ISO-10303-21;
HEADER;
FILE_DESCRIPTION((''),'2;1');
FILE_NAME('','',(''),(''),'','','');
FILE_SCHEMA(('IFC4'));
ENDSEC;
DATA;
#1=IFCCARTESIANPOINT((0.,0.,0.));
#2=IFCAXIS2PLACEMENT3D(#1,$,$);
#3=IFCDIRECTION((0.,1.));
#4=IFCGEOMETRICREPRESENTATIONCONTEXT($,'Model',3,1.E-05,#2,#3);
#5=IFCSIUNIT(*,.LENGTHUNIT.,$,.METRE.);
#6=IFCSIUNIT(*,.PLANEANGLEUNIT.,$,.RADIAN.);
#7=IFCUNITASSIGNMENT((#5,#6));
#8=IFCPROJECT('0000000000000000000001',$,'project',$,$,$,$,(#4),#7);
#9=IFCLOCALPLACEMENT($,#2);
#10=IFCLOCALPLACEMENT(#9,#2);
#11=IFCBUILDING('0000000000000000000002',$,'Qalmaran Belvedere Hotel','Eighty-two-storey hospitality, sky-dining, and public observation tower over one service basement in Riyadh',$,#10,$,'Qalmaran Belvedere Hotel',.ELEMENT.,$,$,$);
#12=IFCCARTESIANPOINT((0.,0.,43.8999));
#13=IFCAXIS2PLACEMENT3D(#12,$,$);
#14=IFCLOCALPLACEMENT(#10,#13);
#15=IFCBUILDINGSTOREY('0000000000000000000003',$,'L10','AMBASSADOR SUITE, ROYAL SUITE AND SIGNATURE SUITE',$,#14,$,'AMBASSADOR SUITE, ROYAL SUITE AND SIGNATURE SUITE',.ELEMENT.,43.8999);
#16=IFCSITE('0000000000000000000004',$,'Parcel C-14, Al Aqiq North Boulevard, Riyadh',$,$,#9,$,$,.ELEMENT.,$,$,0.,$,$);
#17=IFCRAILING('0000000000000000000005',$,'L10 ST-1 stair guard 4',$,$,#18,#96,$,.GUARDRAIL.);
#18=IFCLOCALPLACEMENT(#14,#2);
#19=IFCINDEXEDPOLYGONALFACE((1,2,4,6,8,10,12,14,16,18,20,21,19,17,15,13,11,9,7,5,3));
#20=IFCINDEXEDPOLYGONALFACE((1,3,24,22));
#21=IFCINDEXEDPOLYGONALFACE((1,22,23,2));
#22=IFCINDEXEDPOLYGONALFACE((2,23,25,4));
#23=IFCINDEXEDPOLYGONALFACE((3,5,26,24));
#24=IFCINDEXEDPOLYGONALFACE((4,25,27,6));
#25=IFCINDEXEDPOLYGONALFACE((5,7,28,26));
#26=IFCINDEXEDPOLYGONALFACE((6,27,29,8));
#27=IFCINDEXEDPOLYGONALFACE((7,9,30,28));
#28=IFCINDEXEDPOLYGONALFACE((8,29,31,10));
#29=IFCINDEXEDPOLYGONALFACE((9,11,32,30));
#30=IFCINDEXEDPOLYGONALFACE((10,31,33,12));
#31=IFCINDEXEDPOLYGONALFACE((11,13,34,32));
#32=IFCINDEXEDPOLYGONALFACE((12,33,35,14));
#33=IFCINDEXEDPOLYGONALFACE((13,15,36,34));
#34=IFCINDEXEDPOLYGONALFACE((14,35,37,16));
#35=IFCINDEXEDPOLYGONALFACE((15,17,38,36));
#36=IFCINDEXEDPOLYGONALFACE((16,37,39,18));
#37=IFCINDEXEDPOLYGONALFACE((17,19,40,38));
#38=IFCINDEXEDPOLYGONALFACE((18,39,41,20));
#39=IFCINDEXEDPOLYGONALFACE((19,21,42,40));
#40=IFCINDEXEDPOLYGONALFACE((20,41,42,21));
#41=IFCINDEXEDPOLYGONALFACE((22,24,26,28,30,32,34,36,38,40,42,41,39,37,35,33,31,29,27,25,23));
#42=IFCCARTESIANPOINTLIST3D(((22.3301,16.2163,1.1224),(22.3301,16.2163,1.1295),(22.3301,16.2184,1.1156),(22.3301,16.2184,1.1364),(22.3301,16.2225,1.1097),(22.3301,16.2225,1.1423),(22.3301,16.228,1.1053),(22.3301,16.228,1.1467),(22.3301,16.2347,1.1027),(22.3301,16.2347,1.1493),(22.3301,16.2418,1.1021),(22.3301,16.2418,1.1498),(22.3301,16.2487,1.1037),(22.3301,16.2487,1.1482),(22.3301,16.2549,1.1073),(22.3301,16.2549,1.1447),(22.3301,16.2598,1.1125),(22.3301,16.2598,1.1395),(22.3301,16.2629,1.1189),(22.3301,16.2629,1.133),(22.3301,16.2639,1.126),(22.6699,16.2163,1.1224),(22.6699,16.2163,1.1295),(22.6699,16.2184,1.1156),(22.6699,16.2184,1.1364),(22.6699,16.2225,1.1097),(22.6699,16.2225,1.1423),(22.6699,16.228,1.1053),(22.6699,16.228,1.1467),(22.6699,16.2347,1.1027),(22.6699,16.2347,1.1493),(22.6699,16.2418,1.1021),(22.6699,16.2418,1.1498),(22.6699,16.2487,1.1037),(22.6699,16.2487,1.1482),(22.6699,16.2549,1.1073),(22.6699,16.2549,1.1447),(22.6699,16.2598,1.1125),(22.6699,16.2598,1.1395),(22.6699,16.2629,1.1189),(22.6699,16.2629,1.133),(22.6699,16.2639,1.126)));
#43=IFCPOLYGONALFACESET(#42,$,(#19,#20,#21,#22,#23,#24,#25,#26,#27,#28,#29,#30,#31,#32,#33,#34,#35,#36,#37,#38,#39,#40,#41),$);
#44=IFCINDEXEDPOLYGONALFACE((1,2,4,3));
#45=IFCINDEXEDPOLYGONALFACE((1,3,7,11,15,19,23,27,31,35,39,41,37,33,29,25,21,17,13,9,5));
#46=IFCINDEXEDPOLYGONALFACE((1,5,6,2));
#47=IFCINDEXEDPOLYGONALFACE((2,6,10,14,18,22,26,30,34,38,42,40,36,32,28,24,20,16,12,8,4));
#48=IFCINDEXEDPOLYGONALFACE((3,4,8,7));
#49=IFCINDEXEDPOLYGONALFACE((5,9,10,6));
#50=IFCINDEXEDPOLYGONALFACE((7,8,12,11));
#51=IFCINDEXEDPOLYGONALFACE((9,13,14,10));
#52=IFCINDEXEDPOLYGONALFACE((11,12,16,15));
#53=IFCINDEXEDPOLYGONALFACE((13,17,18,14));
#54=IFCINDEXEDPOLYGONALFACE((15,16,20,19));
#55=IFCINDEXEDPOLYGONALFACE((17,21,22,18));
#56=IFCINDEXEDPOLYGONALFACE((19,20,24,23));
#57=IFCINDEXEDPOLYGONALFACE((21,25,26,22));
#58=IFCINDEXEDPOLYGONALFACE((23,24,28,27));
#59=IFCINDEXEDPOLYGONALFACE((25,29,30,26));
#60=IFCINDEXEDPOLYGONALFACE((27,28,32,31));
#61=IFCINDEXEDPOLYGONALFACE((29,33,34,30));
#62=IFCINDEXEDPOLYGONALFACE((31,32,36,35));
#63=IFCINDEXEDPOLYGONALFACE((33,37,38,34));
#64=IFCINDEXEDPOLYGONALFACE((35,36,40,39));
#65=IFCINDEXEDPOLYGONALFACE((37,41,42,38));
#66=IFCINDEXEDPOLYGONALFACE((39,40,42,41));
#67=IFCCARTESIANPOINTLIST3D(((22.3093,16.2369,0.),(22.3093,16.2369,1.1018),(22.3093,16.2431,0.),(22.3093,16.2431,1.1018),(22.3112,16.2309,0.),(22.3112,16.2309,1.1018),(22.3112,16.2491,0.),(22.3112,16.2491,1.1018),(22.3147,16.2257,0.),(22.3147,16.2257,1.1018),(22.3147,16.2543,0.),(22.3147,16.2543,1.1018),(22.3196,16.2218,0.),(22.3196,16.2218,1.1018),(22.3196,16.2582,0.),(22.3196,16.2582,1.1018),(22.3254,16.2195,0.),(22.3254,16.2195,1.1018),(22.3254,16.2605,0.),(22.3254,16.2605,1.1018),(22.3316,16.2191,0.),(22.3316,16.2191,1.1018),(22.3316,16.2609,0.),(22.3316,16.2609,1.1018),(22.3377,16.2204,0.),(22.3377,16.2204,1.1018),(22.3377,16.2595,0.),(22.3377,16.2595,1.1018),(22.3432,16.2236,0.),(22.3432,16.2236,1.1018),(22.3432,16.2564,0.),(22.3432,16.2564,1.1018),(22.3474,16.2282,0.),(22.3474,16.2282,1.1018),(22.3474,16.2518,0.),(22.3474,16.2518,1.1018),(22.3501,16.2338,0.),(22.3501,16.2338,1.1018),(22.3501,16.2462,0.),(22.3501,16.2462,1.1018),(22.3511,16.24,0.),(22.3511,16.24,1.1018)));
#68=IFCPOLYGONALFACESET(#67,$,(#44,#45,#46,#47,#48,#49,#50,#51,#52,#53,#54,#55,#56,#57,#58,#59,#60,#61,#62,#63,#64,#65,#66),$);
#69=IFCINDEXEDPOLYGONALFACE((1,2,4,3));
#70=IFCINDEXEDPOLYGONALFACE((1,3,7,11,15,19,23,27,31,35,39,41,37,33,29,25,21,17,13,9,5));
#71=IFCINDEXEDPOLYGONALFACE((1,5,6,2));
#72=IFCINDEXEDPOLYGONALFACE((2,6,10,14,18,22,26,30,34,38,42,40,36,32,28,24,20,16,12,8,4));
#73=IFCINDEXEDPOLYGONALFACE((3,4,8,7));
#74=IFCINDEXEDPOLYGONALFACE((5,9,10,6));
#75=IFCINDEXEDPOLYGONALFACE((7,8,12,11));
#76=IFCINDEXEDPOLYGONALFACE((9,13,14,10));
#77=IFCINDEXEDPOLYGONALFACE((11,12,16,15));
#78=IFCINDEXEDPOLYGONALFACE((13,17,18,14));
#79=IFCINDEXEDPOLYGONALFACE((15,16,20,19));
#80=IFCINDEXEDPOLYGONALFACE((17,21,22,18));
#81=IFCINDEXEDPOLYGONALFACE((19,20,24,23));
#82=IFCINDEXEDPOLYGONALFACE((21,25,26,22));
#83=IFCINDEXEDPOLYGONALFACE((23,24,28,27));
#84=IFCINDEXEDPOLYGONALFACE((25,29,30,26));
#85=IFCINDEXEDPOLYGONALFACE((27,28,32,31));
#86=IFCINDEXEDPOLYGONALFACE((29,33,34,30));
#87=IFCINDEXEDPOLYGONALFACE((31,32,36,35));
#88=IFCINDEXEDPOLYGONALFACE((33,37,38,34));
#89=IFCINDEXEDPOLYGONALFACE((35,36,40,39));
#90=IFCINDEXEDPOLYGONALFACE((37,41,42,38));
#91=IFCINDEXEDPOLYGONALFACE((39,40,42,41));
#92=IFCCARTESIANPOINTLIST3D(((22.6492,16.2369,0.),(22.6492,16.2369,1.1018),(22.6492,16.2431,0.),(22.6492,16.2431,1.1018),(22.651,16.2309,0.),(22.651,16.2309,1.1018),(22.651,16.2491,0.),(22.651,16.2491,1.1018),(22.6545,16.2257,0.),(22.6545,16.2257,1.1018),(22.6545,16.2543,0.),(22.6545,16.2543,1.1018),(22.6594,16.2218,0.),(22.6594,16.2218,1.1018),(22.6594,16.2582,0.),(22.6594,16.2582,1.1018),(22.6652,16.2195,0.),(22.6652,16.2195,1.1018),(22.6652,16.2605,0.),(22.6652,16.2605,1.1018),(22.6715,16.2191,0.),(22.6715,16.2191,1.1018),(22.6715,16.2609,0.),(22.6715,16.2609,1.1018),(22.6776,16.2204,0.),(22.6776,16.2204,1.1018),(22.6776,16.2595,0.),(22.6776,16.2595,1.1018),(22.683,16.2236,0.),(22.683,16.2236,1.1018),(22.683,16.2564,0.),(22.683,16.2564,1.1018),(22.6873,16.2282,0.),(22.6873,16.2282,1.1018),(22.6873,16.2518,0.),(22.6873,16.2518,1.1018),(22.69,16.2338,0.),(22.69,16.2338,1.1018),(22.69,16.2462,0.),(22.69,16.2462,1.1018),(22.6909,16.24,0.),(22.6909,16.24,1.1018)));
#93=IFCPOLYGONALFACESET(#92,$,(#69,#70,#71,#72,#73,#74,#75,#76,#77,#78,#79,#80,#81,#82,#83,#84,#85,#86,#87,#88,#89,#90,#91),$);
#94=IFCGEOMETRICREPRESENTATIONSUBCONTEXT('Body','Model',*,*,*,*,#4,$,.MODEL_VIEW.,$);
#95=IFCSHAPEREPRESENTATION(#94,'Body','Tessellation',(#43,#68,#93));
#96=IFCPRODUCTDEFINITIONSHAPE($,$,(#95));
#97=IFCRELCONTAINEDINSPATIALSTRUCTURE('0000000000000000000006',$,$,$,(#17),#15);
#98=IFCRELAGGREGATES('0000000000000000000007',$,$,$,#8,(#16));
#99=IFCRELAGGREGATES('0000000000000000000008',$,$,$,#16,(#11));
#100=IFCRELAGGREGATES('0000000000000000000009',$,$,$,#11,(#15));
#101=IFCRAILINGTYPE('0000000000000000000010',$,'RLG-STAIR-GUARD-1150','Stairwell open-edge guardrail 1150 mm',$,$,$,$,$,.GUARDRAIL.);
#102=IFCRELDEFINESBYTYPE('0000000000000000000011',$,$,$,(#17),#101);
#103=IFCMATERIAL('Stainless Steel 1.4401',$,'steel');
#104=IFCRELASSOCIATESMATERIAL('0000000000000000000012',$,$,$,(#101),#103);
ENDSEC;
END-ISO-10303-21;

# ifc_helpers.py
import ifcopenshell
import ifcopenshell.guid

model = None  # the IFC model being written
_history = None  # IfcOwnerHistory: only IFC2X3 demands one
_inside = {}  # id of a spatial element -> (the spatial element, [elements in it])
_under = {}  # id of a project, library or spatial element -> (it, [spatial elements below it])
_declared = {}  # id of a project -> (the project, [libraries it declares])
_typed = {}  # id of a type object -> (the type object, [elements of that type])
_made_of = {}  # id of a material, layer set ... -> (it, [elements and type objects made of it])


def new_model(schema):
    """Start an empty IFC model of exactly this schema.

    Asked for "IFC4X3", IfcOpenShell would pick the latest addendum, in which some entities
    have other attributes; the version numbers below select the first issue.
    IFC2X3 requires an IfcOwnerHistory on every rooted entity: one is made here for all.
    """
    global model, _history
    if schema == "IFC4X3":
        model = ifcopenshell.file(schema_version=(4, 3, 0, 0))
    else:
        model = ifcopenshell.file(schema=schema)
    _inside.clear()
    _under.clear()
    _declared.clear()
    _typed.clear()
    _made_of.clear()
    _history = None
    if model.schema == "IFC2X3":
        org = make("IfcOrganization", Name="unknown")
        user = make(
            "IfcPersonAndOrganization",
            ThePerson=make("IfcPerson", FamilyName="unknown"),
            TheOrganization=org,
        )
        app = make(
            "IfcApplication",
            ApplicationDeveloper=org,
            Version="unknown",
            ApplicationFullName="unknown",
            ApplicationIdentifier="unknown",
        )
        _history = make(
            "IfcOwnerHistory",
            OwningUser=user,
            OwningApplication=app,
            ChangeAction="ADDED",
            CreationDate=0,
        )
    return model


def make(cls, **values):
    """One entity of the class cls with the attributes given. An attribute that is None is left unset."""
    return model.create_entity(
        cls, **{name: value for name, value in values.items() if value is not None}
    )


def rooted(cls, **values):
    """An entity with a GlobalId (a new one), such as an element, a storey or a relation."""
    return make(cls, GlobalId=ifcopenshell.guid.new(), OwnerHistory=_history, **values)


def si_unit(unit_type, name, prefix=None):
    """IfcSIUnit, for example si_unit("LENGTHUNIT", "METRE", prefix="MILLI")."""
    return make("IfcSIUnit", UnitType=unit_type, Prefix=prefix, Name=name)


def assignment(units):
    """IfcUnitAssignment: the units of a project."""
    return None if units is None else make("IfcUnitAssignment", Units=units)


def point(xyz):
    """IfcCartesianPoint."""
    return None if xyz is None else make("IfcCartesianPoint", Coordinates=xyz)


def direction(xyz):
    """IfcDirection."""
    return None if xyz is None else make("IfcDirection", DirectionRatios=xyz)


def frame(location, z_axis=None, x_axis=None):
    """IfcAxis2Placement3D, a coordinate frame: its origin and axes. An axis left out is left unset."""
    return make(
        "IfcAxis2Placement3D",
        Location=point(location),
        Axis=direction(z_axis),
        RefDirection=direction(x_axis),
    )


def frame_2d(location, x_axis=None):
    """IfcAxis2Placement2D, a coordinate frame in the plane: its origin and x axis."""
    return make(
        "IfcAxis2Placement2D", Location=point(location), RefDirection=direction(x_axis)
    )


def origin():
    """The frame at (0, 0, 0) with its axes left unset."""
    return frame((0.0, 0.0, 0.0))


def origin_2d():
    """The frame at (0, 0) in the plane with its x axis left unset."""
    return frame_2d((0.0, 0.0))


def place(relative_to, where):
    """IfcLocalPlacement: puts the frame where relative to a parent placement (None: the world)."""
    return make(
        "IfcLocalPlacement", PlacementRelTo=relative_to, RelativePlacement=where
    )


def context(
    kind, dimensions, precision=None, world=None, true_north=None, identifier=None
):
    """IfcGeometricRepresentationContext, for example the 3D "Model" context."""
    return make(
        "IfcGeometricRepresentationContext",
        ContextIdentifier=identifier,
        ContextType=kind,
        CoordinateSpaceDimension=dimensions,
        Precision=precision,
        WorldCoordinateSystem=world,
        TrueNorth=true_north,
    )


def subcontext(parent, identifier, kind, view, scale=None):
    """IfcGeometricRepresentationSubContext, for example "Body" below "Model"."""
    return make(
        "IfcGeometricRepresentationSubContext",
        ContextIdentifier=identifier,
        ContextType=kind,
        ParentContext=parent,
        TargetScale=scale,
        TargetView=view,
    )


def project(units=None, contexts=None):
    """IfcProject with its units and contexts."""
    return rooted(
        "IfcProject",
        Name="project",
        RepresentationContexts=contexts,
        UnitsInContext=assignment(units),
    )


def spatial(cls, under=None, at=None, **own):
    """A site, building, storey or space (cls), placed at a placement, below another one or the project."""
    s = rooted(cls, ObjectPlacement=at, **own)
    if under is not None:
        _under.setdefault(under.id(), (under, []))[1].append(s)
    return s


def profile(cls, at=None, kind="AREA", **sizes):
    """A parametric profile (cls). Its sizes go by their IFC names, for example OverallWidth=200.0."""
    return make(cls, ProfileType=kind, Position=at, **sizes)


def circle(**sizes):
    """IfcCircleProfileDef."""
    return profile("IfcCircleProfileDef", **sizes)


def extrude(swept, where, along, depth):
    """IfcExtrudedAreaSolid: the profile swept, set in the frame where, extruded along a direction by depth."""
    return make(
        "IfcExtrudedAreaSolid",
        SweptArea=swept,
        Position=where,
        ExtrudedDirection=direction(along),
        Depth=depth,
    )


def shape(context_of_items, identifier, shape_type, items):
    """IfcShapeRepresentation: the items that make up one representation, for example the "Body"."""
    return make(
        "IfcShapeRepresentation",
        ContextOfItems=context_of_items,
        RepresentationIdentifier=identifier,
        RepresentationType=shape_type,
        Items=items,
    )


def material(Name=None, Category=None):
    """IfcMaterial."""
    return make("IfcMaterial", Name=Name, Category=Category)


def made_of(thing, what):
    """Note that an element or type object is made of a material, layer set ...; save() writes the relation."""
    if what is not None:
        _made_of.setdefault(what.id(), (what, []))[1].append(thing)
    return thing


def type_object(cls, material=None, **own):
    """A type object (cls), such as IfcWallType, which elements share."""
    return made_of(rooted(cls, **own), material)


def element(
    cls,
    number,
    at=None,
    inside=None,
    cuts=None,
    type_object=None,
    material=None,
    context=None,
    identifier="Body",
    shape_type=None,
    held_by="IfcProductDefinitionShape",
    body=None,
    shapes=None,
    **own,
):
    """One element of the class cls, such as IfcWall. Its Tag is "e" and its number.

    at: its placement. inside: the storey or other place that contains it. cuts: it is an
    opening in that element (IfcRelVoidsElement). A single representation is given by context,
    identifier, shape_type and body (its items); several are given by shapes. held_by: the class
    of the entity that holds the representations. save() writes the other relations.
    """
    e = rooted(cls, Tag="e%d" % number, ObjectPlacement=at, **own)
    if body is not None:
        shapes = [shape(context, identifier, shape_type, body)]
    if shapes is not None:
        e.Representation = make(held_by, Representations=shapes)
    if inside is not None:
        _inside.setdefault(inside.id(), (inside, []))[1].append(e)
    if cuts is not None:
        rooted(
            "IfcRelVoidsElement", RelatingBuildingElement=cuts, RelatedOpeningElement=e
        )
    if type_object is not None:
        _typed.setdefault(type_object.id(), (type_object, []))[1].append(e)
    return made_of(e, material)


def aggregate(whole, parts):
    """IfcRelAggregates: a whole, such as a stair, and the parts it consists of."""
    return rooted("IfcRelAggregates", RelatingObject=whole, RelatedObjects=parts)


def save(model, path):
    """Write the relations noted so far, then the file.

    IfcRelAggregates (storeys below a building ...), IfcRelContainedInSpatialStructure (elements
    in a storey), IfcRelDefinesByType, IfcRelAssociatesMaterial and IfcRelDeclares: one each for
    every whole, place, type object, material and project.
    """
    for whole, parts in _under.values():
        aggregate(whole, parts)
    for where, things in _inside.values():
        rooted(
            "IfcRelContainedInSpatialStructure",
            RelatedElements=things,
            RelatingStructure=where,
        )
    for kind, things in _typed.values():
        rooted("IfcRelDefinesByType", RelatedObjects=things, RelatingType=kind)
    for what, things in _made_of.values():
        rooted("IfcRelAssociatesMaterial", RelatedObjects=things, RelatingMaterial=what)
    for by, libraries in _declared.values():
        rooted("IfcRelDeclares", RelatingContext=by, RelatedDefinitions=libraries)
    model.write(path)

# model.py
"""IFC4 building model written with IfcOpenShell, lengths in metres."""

from ifc_helpers import new_model, si_unit, direction, frame, origin, origin_2d, place, context, subcontext, project, spatial, circle, extrude, material, type_object, element, save


model = new_model("IFC4")

# Units and contexts
model_context = context("Model", 3, precision=1e-05, world=origin(), true_north=direction((0.0, 1.0)))
body_context = subcontext(model_context, "Body", "Model", "MODEL_VIEW")
ifc_project = project(units=[si_unit("LENGTHUNIT", "METRE"), si_unit("PLANEANGLEUNIT", "RADIAN")], contexts=[model_context])

# Site, building, storey
site_placement = place(None, origin())
site = spatial("IfcSite", under=ifc_project, at=site_placement, Name="Parcel C-14, Al Aqiq North Boulevard, Riyadh", CompositionType="ELEMENT", RefElevation=0.0)
building_placement = place(site_placement, origin())
building = spatial("IfcBuilding", under=site, at=building_placement, Name="Qalmaran Belvedere Hotel", Description="Eighty-two-storey hospitality, sky-dining, and public observation tower over one service basement in Riyadh", LongName="Qalmaran Belvedere Hotel", CompositionType="ELEMENT")
storey_placement = place(building_placement, frame((0.0, 0.0, 43.8999)))
storey = spatial("IfcBuildingStorey", under=building, at=storey_placement, Name="L10", Description="AMBASSADOR SUITE, ROYAL SUITE AND SIGNATURE SUITE", LongName="AMBASSADOR SUITE, ROYAL SUITE AND SIGNATURE SUITE", CompositionType="ELEMENT", Elevation=43.8999)

# Railing
ifc_material_1 = material(Name="Stainless Steel 1.4401", Category="steel")
railing_type_1 = type_object("IfcRailingType", Name="RLG-STAIR-GUARD-1150", Description="Stairwell open-edge guardrail 1150 mm", PredefinedType="GUARDRAIL", material=ifc_material_1)
railing_1_placement = place(storey_placement, frame((22.3301, 16.24, 0.0)))
element("IfcRailing", 1, at=railing_1_placement, inside=storey, type_object=railing_type_1, Name="L10 ST-1 stair guard 4", PredefinedType="GUARDRAIL", context=body_context, shape_type="SweptSolid", body=[
    extrude(circle(Radius=0.0239, at=origin_2d()), frame((0.0, 0.0, 1.126), z_axis=(1.0, 0.0, 0.0), x_axis=(0.0, 1.0, 0.0)), (0.0, 0.0, 1.0), 0.3398),
    extrude(circle(Radius=0.021, at=origin_2d()), origin(), (0.0, 0.0, 1.0), 1.1018),
    extrude(circle(Radius=0.021, at=origin_2d()), frame((0.3398, 0.0, 0.0)), (0.0, 0.0, 1.0), 1.1018),
])

save(model, "model.ifc")
